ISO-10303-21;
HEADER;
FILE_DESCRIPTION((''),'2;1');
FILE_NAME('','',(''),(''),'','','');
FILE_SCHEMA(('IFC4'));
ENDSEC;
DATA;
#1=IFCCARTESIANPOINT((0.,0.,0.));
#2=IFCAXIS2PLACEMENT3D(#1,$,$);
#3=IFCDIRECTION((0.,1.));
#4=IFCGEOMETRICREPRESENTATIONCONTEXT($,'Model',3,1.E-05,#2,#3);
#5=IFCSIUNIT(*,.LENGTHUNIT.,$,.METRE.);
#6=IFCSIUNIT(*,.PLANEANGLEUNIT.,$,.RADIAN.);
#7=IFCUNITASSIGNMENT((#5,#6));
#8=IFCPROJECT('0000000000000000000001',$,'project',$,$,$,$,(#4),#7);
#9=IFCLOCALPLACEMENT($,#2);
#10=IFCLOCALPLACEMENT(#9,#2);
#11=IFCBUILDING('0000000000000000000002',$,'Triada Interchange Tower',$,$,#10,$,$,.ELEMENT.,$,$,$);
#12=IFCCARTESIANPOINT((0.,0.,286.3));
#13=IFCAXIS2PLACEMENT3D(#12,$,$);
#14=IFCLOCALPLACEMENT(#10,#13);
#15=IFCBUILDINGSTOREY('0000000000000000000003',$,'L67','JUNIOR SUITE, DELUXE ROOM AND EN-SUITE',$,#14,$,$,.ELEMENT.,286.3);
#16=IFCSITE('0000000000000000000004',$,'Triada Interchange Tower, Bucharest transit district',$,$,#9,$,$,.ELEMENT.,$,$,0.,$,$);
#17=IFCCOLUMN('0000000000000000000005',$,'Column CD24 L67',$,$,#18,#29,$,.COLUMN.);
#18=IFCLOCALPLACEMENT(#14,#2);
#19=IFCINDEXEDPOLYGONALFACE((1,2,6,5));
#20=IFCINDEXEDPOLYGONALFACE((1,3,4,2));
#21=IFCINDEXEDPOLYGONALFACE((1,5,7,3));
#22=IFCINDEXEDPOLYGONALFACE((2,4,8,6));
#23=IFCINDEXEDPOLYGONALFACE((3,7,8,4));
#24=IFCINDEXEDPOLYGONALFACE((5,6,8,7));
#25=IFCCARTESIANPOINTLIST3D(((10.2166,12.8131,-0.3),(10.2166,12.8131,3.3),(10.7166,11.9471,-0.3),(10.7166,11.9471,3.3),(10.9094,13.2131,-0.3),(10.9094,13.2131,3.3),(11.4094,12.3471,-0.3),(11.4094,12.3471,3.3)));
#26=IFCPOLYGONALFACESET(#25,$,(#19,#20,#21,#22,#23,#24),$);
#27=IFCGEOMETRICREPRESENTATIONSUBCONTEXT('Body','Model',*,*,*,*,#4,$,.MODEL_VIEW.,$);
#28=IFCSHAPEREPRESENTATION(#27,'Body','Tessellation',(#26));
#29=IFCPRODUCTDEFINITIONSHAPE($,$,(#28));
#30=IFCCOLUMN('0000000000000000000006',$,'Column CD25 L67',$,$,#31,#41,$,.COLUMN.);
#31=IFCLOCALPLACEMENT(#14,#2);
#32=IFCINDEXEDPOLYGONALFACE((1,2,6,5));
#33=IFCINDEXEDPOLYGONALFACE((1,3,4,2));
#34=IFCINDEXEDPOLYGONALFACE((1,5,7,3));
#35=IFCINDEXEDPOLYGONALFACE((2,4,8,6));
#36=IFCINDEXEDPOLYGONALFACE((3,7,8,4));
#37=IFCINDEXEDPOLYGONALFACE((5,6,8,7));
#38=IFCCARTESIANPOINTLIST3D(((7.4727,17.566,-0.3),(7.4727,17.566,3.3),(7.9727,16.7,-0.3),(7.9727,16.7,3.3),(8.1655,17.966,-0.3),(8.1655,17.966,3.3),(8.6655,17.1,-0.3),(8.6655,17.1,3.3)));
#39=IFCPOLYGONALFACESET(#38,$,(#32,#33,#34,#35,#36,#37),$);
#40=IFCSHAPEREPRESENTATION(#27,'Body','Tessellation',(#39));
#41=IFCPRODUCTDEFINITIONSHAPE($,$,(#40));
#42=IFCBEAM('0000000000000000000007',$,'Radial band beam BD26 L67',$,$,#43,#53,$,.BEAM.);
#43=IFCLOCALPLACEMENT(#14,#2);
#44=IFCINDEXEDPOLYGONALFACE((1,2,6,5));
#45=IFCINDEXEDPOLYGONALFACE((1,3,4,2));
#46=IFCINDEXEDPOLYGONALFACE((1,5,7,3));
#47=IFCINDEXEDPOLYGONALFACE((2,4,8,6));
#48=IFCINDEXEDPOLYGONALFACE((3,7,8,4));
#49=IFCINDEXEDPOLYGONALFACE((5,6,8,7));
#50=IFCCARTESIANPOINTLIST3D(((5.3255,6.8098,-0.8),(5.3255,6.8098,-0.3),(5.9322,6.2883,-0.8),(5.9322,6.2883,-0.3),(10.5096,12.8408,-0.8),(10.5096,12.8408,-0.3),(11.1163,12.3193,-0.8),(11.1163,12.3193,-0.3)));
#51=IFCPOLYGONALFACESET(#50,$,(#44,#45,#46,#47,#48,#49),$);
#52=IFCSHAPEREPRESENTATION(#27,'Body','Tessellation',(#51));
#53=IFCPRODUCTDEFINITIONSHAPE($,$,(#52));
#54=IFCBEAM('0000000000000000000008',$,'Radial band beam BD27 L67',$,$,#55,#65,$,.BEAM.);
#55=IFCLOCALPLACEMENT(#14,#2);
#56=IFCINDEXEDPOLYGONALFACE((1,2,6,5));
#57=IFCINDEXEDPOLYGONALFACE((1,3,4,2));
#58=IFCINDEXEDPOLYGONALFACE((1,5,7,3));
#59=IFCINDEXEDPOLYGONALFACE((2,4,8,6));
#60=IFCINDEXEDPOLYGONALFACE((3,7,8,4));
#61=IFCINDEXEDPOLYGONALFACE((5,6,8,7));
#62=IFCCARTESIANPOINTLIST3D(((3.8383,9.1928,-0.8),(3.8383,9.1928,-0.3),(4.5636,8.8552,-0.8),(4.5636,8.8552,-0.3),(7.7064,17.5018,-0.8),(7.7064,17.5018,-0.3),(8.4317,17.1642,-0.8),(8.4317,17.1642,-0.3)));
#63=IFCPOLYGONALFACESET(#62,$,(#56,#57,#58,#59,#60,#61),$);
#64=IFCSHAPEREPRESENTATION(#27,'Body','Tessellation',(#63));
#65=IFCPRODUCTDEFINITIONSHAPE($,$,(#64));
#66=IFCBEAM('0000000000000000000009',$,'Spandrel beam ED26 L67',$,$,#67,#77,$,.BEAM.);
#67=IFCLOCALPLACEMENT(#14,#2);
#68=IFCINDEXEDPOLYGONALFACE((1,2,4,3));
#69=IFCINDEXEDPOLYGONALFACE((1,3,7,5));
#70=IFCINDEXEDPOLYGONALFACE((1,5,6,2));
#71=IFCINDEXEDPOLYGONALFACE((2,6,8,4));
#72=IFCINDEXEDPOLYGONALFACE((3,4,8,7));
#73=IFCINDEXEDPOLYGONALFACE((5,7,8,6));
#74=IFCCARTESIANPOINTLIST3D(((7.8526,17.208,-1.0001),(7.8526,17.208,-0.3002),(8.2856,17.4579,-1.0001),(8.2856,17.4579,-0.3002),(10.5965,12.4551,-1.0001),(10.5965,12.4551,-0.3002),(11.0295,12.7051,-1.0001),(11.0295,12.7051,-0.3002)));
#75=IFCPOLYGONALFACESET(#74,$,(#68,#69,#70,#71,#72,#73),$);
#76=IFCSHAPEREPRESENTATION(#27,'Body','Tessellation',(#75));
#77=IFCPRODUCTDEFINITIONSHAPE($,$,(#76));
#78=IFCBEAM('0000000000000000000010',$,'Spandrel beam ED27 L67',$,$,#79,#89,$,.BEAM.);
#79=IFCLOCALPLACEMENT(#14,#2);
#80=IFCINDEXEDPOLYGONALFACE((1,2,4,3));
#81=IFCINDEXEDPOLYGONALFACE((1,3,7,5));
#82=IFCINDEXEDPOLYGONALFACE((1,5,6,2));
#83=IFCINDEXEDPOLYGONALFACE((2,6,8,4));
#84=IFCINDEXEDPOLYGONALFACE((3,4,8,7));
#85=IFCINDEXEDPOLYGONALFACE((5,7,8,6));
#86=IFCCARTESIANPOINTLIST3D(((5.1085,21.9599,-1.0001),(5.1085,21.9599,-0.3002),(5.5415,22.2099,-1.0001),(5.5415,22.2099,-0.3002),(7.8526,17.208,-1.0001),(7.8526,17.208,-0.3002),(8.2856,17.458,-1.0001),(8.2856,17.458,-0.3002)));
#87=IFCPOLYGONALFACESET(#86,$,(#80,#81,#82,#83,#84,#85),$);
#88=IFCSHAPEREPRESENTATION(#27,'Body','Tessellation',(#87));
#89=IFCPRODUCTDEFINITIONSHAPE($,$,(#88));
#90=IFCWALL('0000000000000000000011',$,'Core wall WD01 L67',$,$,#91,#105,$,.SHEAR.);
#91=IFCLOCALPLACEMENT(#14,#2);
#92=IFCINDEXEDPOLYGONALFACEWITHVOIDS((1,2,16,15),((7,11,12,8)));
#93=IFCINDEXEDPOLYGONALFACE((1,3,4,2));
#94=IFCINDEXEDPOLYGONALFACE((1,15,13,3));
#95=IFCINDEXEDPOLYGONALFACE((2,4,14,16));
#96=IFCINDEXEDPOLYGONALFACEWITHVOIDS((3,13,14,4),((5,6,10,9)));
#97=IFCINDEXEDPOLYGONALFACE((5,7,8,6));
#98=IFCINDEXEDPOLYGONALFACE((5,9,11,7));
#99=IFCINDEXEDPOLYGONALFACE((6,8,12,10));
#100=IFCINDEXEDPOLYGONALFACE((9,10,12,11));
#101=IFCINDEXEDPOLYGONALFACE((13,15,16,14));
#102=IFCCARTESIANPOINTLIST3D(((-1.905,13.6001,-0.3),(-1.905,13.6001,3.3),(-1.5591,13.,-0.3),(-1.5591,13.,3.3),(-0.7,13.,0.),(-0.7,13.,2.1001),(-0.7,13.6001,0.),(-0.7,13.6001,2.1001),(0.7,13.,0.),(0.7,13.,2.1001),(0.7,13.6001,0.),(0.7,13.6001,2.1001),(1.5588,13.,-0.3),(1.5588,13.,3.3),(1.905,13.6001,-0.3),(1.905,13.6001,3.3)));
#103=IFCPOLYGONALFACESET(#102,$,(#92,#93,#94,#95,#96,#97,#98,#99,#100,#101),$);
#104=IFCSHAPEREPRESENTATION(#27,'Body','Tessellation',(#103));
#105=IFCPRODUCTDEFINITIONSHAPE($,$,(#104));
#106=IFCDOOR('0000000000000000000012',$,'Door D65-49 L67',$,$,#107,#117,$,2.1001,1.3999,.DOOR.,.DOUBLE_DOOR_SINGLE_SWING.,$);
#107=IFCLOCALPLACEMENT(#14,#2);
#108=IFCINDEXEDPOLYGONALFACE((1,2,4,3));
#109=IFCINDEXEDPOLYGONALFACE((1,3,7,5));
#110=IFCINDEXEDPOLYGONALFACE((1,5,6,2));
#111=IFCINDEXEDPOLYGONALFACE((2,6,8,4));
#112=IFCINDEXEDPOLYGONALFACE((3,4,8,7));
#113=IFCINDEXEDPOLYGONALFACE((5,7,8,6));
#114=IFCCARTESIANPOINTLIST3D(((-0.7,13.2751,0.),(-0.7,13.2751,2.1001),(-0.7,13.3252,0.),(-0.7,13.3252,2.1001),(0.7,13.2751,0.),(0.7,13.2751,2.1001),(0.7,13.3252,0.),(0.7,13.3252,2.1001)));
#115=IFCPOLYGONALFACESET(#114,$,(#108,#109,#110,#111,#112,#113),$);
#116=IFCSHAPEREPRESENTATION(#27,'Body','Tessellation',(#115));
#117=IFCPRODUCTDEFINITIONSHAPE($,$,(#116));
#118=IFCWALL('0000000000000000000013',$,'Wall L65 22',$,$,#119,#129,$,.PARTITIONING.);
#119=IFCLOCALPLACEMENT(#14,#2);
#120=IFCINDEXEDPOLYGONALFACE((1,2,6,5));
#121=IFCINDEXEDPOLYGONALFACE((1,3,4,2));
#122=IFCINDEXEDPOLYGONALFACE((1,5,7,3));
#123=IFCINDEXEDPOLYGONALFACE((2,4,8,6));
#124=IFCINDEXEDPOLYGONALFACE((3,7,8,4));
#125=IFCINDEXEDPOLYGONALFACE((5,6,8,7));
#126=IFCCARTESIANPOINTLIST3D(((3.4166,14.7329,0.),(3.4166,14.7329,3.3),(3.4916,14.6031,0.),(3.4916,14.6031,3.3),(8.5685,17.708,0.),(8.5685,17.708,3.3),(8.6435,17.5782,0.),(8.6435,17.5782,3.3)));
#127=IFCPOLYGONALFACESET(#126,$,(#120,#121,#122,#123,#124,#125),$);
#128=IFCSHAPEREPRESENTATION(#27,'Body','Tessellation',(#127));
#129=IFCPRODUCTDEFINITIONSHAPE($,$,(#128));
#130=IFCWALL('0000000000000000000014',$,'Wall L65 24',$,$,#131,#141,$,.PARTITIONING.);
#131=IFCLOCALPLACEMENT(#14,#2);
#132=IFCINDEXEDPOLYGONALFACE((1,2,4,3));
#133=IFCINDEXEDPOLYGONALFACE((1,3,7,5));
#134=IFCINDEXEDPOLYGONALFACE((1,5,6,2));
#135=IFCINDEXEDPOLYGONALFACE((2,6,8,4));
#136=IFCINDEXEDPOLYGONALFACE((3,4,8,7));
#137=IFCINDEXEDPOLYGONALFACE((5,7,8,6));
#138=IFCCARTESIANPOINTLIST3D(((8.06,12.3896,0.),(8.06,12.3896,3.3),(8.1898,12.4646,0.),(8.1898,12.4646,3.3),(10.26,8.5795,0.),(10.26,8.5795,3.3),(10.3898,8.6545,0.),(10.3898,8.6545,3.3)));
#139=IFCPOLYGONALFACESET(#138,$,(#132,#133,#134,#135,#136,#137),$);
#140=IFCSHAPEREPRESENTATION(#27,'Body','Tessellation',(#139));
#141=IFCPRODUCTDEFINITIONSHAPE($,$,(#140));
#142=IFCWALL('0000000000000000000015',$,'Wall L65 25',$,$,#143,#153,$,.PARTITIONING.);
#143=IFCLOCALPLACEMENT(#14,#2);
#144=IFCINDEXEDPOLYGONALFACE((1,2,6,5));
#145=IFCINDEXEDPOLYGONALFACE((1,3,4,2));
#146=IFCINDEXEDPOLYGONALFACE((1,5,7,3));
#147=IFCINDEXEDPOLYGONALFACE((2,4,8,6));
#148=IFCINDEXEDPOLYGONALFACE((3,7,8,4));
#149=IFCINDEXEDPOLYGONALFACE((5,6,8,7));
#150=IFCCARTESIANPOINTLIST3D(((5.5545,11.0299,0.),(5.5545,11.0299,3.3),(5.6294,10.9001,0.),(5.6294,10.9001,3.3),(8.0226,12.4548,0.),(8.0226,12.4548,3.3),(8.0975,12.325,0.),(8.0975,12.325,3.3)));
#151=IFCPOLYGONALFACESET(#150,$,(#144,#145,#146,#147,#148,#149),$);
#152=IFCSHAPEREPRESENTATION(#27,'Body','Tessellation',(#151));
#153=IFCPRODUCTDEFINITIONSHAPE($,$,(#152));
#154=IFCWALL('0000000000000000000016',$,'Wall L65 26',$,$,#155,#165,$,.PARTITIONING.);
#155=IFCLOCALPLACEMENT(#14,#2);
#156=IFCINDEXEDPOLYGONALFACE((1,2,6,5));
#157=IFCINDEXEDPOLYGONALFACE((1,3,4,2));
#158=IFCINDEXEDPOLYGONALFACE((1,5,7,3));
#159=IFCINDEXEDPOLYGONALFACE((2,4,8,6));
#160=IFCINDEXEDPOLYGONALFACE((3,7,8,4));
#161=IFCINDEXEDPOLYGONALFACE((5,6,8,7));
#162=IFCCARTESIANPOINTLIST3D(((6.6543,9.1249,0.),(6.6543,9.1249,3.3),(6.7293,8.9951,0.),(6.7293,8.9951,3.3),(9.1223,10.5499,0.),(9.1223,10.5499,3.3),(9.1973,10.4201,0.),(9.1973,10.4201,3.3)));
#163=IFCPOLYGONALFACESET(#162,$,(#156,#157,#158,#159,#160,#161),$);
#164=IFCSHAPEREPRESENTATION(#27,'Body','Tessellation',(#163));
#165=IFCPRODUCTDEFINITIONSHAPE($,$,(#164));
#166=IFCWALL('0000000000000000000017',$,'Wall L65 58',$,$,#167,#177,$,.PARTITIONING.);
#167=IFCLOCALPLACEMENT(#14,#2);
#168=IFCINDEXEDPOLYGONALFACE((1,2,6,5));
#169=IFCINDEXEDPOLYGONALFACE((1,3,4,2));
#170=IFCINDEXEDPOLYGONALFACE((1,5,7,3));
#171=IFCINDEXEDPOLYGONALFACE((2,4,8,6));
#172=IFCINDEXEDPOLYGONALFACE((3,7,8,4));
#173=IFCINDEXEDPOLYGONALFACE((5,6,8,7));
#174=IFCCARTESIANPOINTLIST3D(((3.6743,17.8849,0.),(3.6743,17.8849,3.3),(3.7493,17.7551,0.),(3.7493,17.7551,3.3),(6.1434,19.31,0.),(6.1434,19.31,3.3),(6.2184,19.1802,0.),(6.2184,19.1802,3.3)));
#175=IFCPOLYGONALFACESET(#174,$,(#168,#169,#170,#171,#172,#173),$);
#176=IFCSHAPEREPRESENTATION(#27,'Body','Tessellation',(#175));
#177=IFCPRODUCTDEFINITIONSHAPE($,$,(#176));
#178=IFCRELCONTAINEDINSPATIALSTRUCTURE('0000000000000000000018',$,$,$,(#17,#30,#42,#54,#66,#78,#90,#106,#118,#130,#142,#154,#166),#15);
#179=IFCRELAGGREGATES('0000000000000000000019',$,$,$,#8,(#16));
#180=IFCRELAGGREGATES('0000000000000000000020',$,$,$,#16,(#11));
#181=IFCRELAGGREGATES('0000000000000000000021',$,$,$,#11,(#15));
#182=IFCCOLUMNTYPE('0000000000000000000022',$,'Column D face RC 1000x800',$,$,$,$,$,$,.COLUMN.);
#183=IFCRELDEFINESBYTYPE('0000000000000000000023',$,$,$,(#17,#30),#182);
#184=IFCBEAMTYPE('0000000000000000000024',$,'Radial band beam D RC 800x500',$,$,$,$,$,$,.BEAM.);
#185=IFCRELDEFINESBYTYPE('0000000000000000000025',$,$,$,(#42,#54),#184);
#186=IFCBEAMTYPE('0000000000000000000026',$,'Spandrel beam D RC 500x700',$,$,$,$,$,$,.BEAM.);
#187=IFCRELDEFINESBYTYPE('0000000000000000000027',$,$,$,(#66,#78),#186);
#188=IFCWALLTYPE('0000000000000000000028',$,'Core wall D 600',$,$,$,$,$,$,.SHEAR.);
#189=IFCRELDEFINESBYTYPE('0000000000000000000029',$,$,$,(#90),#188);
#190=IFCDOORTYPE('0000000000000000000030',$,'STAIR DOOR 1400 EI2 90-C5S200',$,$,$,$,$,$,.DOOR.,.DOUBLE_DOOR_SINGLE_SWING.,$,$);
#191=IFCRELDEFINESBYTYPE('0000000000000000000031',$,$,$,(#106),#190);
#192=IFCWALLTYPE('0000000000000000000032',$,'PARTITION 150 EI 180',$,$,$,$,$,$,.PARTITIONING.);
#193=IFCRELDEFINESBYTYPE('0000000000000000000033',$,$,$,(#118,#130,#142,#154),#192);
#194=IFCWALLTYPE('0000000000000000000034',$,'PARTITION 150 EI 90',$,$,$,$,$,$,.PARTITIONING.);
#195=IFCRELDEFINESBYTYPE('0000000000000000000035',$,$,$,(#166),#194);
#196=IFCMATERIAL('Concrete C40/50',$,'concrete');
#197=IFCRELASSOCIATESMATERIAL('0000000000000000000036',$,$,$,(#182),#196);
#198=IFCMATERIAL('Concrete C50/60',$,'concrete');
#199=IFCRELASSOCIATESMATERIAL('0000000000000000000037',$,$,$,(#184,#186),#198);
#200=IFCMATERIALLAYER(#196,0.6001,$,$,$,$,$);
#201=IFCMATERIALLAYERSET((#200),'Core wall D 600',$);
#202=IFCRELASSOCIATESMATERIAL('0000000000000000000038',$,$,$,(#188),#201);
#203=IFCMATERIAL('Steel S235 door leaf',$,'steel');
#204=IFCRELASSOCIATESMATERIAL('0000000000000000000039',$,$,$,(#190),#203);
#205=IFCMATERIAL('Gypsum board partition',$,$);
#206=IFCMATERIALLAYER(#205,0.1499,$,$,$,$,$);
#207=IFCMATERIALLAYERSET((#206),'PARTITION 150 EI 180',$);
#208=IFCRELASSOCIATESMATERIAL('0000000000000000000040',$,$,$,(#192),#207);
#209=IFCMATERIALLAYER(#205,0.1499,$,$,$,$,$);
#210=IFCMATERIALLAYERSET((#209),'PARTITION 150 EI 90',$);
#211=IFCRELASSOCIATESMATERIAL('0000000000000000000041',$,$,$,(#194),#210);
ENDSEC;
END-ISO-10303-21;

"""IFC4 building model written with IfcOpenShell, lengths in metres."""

from ifc_helpers import new_model, si_unit, direction, frame, frame_2d, origin, origin_2d, place, context, subcontext, project, spatial, polyline, rectangle, outline, extrude, material, layer, layer_set, material_profile, profile_set, type_object, element, fill, save


model = new_model("IFC4")

# Units and contexts
model_context = context("Model", 3, precision=1e-05, world=origin(), true_north=direction((0.0, 1.0)))
body_context = subcontext(model_context, "Body", "Model", "MODEL_VIEW")
ifc_project = project(units=[si_unit("LENGTHUNIT", "METRE"), si_unit("PLANEANGLEUNIT", "RADIAN")], contexts=[model_context])

# Site, building, storey
site_placement = place(None, origin())
site = spatial("IfcSite", under=ifc_project, at=site_placement, Name="Triada Interchange Tower, Bucharest transit district", CompositionType="ELEMENT", RefElevation=0.0)
building_placement = place(site_placement, origin())
building = spatial("IfcBuilding", under=site, at=building_placement, Name="Triada Interchange Tower", CompositionType="ELEMENT")
storey_placement = place(building_placement, frame((0.0, 0.0, 286.3)))
storey = spatial("IfcBuildingStorey", under=building, at=storey_placement, Name="L67", Description="JUNIOR SUITE, DELUXE ROOM AND EN-SUITE", CompositionType="ELEMENT", Elevation=286.3)

# Columns
ifc_material_1 = material(Name="Concrete C40/50", Category="concrete")
ifc_material_profile_1 = material_profile(ifc_material_1, rectangle(XDim=1.0, YDim=0.8, at=origin_2d()), Name="RC 1000x800")
ifc_profile_set_1 = profile_set([ifc_material_profile_1], Name="Concrete C40/50")
column_type = type_object("IfcColumnType", Name="Column D face RC 1000x800", PredefinedType="COLUMN", material=ifc_profile_set_1)
for number, where, z_axis, x_axis, name in (
    (1, (10.813, 12.5801, -0.3), (0.0, 0.0, 1.0), (-0.5, 0.866025, 0.0), "Column CD24 L67"),
    (2, (8.0691, 17.333, -0.3), (0.0, 0.0, 1.0), (-0.5, 0.866025, 0.0), "Column CD25 L67"),
):
    element("IfcColumn", number, at=place(storey_placement, frame(where, z_axis=z_axis, x_axis=x_axis)), inside=storey, type_object=column_type, Name=name, PredefinedType="COLUMN", context=body_context, shape_type="SweptSolid", body=[
        extrude(rectangle(XDim=1.0, YDim=0.8, at=origin_2d()), origin(), (0.0, 0.0, 1.0), 3.6001),
    ])

# Beams
ifc_material_2 = material(Name="Concrete C50/60", Category="concrete")
ifc_material_profile_2 = material_profile(ifc_material_2, rectangle(XDim=0.8, YDim=0.5, at=origin_2d()), Name="RC 800x500")
ifc_profile_set_2 = profile_set([ifc_material_profile_2], Name="Concrete C50/60")
beam_type_1 = type_object("IfcBeamType", Name="Radial band beam D RC 800x500", PredefinedType="BEAM", material=ifc_profile_set_2)
beam_1_placement = place(storey_placement, frame((10.813, 12.5801, -0.55), z_axis=(-0.651853, -0.758346, 0.0), x_axis=(0.758346, -0.651853, 0.0)))
element("IfcBeam", 3, at=beam_1_placement, inside=storey, type_object=beam_type_1, Name="Radial band beam BD26 L67", PredefinedType="BEAM", context=body_context, shape_type="SweptSolid", body=[
    extrude(rectangle(XDim=0.8, YDim=0.5, at=origin_2d()), origin(), (0.0, 0.0, 1.0), 7.9529),
])
beam_2_placement = place(storey_placement, frame((8.0691, 17.333, -0.55), z_axis=(-0.422042, -0.906576, 0.0), x_axis=(0.906576, -0.422042, 0.0)))
element("IfcBeam", 4, at=beam_2_placement, inside=storey, type_object=beam_type_1, Name="Radial band beam BD27 L67", PredefinedType="BEAM", context=body_context, shape_type="SweptSolid", body=[
    extrude(rectangle(XDim=0.8, YDim=0.5, at=origin_2d()), origin(), (0.0, 0.0, 1.0), 9.1653),
])
ifc_material_profile_3 = material_profile(ifc_material_2, rectangle(XDim=0.5, YDim=0.7, at=origin_2d()), Name="RC 500x700")
ifc_profile_set_3 = profile_set([ifc_material_profile_3], Name="Concrete C50/60")
beam_type_2 = type_object("IfcBeamType", Name="Spandrel beam D RC 500x700", PredefinedType="BEAM", material=ifc_profile_set_3)
beam_3_placement = place(storey_placement, frame((10.813, 12.5801, -0.6501), z_axis=(-0.499971, 0.866042, 0.0), x_axis=(-0.866042, -0.499971, 0.0)))
element("IfcBeam", 5, at=beam_3_placement, inside=storey, type_object=beam_type_2, Name="Spandrel beam ED26 L67", PredefinedType="BEAM", context=body_context, shape_type="SweptSolid", body=[
    extrude(rectangle(XDim=0.5, YDim=0.7, at=origin_2d()), origin(), (0.0, 0.0, 1.0), 5.488),
])
beam_4_placement = place(storey_placement, frame((8.0691, 17.333, -0.6501), z_axis=(-0.500082, 0.865978, 0.0), x_axis=(-0.865978, -0.500082, 0.0)))
element("IfcBeam", 6, at=beam_4_placement, inside=storey, type_object=beam_type_2, Name="Spandrel beam ED27 L67", PredefinedType="BEAM", context=body_context, shape_type="SweptSolid", body=[
    extrude(rectangle(XDim=0.5, YDim=0.7, at=origin_2d()), origin(), (0.0, 0.0, 1.0), 5.4873),
])

# Wall, opening, door
ifc_layer_1 = layer(ifc_material_1, 0.6001)
ifc_layer_set_1 = layer_set([ifc_layer_1], Name="Core wall D 600")
wall_type_1 = type_object("IfcWallType", Name="Core wall D 600", PredefinedType="SHEAR", material=ifc_layer_set_1)
wall_1_placement = place(storey_placement, frame((1.7319, 13.3, -0.3), z_axis=(0.0, 0.0, 1.0), x_axis=(-1.0, 0.0, 0.0)))
wall_1 = element("IfcWall", 7, at=wall_1_placement, inside=storey, type_object=wall_type_1, Name="Core wall WD01 L67", PredefinedType="SHEAR", context=body_context, shape_type="SweptSolid", body=[
    extrude(outline(polyline([(-0.1731, -0.3), (1.7319, -0.3), (3.637, -0.3), (3.291, 0.3), (1.7319, 0.3), (0.1731, 0.3), (-0.1731, -0.3)])), origin(), (0.0, 0.0, 1.0), 3.6001),
])
opening_placement = place(wall_1_placement, frame((1.032, 0.0, 0.3)))
opening = element("IfcOpeningElement", 8, at=opening_placement, cuts=wall_1, PredefinedType="OPENING", context=body_context, shape_type="SweptSolid", body=[
    extrude(rectangle(XDim=1.3999, YDim=2.1001, at=frame_2d((0.7, 1.05))), frame((0.0, 0.3101, 0.0), z_axis=(0.0, -1.0, 0.0), x_axis=(1.0, 0.0, 0.0)), (0.0, 0.0, 1.0), 0.6201),
])
ifc_material_3 = material(Name="Steel S235 door leaf", Category="steel")
door_type = type_object("IfcDoorType", Name="STAIR DOOR 1400 EI2 90-C5S200", OperationType="DOUBLE_DOOR_SINGLE_SWING", PredefinedType="DOOR", material=ifc_material_3)
door_placement = place(opening_placement, origin())
door = element("IfcDoor", 9, at=door_placement, inside=storey, type_object=door_type, Name="Door D65-49 L67", OperationType="DOUBLE_DOOR_SINGLE_SWING", OverallHeight=2.1001, OverallWidth=1.3999, PredefinedType="DOOR", context=body_context, shape_type="SweptSolid", body=[
    extrude(rectangle(XDim=1.3999, YDim=2.1001, at=frame_2d((0.7, 1.05))), frame((0.0, 0.0249, 0.0), z_axis=(0.0, -1.0, 0.0), x_axis=(1.0, 0.0, 0.0)), (0.0, 0.0, 1.0), 0.05),
])
fill(opening, door)

# Walls
ifc_material_4 = material(Name="Gypsum board partition")
ifc_layer_2 = layer(ifc_material_4, 0.1499)
ifc_layer_set_2 = layer_set([ifc_layer_2], Name="PARTITION 150 EI 180")
wall_type_2 = type_object("IfcWallType", Name="PARTITION 150 EI 180", PredefinedType="PARTITIONING", material=ifc_layer_set_2)
wall_2_placement = place(storey_placement, frame((3.4541, 14.668, 0.0), z_axis=(0.0, 0.0, 1.0), x_axis=(0.865976, 0.500085, 0.0)))
element("IfcWall", 10, at=wall_2_placement, inside=storey, type_object=wall_type_2, Name="Wall L65 22", PredefinedType="PARTITIONING", context=body_context, shape_type="SweptSolid", body=[
    extrude(rectangle(XDim=5.9492, YDim=0.1499, at=frame_2d((2.9746, 0.0))), origin(), (0.0, 0.0, 1.0), 3.3),
])
wall_3_placement = place(storey_placement, frame((8.125, 12.427, 0.0), z_axis=(0.0, 0.0, 1.0), x_axis=(0.500036, -0.866004, 0.0)))
element("IfcWall", 11, at=wall_3_placement, inside=storey, type_object=wall_type_2, Name="Wall L65 24", PredefinedType="PARTITIONING", context=body_context, shape_type="SweptSolid", body=[
    extrude(rectangle(XDim=4.3997, YDim=0.1499, at=frame_2d((2.1997, 0.0))), origin(), (0.0, 0.0, 1.0), 3.3),
])
for number, where, z_axis, x_axis, name in (
    (12, (5.592, 10.9651, 0.0), (0.0, 0.0, 1.0), (0.866041, 0.499972, 0.0), "Wall L65 25"),
    (13, (6.6919, 9.0601, 0.0), (0.0, 0.0, 1.0), (0.866004, 0.500036, 0.0), "Wall L65 26"),
):
    element("IfcWall", number, at=place(storey_placement, frame(where, z_axis=z_axis, x_axis=x_axis)), inside=storey, type_object=wall_type_2, Name=name, PredefinedType="PARTITIONING", context=body_context, shape_type="SweptSolid", body=[
        extrude(rectangle(XDim=2.8499, YDim=0.1499, at=frame_2d((1.4248, 0.0))), origin(), (0.0, 0.0, 1.0), 3.3),
    ])
ifc_layer_3 = layer(ifc_material_4, 0.1499)
ifc_layer_set_3 = layer_set([ifc_layer_3], Name="PARTITION 150 EI 90")
wall_type_3 = type_object("IfcWallType", Name="PARTITION 150 EI 90", PredefinedType="PARTITIONING", material=ifc_layer_set_3)
wall_4_placement = place(storey_placement, frame((3.7119, 17.8201, 0.0), z_axis=(0.0, 0.0, 1.0), x_axis=(0.86609, 0.499888, 0.0)))
element("IfcWall", 14, at=wall_4_placement, inside=storey, type_object=wall_type_3, Name="Wall L65 58", PredefinedType="PARTITIONING", context=body_context, shape_type="SweptSolid", body=[
    extrude(rectangle(XDim=2.8508, YDim=0.1499, at=frame_2d((1.4253, 0.0))), origin(), (0.0, 0.0, 1.0), 3.3),
])

save(model, "model.ifc")
